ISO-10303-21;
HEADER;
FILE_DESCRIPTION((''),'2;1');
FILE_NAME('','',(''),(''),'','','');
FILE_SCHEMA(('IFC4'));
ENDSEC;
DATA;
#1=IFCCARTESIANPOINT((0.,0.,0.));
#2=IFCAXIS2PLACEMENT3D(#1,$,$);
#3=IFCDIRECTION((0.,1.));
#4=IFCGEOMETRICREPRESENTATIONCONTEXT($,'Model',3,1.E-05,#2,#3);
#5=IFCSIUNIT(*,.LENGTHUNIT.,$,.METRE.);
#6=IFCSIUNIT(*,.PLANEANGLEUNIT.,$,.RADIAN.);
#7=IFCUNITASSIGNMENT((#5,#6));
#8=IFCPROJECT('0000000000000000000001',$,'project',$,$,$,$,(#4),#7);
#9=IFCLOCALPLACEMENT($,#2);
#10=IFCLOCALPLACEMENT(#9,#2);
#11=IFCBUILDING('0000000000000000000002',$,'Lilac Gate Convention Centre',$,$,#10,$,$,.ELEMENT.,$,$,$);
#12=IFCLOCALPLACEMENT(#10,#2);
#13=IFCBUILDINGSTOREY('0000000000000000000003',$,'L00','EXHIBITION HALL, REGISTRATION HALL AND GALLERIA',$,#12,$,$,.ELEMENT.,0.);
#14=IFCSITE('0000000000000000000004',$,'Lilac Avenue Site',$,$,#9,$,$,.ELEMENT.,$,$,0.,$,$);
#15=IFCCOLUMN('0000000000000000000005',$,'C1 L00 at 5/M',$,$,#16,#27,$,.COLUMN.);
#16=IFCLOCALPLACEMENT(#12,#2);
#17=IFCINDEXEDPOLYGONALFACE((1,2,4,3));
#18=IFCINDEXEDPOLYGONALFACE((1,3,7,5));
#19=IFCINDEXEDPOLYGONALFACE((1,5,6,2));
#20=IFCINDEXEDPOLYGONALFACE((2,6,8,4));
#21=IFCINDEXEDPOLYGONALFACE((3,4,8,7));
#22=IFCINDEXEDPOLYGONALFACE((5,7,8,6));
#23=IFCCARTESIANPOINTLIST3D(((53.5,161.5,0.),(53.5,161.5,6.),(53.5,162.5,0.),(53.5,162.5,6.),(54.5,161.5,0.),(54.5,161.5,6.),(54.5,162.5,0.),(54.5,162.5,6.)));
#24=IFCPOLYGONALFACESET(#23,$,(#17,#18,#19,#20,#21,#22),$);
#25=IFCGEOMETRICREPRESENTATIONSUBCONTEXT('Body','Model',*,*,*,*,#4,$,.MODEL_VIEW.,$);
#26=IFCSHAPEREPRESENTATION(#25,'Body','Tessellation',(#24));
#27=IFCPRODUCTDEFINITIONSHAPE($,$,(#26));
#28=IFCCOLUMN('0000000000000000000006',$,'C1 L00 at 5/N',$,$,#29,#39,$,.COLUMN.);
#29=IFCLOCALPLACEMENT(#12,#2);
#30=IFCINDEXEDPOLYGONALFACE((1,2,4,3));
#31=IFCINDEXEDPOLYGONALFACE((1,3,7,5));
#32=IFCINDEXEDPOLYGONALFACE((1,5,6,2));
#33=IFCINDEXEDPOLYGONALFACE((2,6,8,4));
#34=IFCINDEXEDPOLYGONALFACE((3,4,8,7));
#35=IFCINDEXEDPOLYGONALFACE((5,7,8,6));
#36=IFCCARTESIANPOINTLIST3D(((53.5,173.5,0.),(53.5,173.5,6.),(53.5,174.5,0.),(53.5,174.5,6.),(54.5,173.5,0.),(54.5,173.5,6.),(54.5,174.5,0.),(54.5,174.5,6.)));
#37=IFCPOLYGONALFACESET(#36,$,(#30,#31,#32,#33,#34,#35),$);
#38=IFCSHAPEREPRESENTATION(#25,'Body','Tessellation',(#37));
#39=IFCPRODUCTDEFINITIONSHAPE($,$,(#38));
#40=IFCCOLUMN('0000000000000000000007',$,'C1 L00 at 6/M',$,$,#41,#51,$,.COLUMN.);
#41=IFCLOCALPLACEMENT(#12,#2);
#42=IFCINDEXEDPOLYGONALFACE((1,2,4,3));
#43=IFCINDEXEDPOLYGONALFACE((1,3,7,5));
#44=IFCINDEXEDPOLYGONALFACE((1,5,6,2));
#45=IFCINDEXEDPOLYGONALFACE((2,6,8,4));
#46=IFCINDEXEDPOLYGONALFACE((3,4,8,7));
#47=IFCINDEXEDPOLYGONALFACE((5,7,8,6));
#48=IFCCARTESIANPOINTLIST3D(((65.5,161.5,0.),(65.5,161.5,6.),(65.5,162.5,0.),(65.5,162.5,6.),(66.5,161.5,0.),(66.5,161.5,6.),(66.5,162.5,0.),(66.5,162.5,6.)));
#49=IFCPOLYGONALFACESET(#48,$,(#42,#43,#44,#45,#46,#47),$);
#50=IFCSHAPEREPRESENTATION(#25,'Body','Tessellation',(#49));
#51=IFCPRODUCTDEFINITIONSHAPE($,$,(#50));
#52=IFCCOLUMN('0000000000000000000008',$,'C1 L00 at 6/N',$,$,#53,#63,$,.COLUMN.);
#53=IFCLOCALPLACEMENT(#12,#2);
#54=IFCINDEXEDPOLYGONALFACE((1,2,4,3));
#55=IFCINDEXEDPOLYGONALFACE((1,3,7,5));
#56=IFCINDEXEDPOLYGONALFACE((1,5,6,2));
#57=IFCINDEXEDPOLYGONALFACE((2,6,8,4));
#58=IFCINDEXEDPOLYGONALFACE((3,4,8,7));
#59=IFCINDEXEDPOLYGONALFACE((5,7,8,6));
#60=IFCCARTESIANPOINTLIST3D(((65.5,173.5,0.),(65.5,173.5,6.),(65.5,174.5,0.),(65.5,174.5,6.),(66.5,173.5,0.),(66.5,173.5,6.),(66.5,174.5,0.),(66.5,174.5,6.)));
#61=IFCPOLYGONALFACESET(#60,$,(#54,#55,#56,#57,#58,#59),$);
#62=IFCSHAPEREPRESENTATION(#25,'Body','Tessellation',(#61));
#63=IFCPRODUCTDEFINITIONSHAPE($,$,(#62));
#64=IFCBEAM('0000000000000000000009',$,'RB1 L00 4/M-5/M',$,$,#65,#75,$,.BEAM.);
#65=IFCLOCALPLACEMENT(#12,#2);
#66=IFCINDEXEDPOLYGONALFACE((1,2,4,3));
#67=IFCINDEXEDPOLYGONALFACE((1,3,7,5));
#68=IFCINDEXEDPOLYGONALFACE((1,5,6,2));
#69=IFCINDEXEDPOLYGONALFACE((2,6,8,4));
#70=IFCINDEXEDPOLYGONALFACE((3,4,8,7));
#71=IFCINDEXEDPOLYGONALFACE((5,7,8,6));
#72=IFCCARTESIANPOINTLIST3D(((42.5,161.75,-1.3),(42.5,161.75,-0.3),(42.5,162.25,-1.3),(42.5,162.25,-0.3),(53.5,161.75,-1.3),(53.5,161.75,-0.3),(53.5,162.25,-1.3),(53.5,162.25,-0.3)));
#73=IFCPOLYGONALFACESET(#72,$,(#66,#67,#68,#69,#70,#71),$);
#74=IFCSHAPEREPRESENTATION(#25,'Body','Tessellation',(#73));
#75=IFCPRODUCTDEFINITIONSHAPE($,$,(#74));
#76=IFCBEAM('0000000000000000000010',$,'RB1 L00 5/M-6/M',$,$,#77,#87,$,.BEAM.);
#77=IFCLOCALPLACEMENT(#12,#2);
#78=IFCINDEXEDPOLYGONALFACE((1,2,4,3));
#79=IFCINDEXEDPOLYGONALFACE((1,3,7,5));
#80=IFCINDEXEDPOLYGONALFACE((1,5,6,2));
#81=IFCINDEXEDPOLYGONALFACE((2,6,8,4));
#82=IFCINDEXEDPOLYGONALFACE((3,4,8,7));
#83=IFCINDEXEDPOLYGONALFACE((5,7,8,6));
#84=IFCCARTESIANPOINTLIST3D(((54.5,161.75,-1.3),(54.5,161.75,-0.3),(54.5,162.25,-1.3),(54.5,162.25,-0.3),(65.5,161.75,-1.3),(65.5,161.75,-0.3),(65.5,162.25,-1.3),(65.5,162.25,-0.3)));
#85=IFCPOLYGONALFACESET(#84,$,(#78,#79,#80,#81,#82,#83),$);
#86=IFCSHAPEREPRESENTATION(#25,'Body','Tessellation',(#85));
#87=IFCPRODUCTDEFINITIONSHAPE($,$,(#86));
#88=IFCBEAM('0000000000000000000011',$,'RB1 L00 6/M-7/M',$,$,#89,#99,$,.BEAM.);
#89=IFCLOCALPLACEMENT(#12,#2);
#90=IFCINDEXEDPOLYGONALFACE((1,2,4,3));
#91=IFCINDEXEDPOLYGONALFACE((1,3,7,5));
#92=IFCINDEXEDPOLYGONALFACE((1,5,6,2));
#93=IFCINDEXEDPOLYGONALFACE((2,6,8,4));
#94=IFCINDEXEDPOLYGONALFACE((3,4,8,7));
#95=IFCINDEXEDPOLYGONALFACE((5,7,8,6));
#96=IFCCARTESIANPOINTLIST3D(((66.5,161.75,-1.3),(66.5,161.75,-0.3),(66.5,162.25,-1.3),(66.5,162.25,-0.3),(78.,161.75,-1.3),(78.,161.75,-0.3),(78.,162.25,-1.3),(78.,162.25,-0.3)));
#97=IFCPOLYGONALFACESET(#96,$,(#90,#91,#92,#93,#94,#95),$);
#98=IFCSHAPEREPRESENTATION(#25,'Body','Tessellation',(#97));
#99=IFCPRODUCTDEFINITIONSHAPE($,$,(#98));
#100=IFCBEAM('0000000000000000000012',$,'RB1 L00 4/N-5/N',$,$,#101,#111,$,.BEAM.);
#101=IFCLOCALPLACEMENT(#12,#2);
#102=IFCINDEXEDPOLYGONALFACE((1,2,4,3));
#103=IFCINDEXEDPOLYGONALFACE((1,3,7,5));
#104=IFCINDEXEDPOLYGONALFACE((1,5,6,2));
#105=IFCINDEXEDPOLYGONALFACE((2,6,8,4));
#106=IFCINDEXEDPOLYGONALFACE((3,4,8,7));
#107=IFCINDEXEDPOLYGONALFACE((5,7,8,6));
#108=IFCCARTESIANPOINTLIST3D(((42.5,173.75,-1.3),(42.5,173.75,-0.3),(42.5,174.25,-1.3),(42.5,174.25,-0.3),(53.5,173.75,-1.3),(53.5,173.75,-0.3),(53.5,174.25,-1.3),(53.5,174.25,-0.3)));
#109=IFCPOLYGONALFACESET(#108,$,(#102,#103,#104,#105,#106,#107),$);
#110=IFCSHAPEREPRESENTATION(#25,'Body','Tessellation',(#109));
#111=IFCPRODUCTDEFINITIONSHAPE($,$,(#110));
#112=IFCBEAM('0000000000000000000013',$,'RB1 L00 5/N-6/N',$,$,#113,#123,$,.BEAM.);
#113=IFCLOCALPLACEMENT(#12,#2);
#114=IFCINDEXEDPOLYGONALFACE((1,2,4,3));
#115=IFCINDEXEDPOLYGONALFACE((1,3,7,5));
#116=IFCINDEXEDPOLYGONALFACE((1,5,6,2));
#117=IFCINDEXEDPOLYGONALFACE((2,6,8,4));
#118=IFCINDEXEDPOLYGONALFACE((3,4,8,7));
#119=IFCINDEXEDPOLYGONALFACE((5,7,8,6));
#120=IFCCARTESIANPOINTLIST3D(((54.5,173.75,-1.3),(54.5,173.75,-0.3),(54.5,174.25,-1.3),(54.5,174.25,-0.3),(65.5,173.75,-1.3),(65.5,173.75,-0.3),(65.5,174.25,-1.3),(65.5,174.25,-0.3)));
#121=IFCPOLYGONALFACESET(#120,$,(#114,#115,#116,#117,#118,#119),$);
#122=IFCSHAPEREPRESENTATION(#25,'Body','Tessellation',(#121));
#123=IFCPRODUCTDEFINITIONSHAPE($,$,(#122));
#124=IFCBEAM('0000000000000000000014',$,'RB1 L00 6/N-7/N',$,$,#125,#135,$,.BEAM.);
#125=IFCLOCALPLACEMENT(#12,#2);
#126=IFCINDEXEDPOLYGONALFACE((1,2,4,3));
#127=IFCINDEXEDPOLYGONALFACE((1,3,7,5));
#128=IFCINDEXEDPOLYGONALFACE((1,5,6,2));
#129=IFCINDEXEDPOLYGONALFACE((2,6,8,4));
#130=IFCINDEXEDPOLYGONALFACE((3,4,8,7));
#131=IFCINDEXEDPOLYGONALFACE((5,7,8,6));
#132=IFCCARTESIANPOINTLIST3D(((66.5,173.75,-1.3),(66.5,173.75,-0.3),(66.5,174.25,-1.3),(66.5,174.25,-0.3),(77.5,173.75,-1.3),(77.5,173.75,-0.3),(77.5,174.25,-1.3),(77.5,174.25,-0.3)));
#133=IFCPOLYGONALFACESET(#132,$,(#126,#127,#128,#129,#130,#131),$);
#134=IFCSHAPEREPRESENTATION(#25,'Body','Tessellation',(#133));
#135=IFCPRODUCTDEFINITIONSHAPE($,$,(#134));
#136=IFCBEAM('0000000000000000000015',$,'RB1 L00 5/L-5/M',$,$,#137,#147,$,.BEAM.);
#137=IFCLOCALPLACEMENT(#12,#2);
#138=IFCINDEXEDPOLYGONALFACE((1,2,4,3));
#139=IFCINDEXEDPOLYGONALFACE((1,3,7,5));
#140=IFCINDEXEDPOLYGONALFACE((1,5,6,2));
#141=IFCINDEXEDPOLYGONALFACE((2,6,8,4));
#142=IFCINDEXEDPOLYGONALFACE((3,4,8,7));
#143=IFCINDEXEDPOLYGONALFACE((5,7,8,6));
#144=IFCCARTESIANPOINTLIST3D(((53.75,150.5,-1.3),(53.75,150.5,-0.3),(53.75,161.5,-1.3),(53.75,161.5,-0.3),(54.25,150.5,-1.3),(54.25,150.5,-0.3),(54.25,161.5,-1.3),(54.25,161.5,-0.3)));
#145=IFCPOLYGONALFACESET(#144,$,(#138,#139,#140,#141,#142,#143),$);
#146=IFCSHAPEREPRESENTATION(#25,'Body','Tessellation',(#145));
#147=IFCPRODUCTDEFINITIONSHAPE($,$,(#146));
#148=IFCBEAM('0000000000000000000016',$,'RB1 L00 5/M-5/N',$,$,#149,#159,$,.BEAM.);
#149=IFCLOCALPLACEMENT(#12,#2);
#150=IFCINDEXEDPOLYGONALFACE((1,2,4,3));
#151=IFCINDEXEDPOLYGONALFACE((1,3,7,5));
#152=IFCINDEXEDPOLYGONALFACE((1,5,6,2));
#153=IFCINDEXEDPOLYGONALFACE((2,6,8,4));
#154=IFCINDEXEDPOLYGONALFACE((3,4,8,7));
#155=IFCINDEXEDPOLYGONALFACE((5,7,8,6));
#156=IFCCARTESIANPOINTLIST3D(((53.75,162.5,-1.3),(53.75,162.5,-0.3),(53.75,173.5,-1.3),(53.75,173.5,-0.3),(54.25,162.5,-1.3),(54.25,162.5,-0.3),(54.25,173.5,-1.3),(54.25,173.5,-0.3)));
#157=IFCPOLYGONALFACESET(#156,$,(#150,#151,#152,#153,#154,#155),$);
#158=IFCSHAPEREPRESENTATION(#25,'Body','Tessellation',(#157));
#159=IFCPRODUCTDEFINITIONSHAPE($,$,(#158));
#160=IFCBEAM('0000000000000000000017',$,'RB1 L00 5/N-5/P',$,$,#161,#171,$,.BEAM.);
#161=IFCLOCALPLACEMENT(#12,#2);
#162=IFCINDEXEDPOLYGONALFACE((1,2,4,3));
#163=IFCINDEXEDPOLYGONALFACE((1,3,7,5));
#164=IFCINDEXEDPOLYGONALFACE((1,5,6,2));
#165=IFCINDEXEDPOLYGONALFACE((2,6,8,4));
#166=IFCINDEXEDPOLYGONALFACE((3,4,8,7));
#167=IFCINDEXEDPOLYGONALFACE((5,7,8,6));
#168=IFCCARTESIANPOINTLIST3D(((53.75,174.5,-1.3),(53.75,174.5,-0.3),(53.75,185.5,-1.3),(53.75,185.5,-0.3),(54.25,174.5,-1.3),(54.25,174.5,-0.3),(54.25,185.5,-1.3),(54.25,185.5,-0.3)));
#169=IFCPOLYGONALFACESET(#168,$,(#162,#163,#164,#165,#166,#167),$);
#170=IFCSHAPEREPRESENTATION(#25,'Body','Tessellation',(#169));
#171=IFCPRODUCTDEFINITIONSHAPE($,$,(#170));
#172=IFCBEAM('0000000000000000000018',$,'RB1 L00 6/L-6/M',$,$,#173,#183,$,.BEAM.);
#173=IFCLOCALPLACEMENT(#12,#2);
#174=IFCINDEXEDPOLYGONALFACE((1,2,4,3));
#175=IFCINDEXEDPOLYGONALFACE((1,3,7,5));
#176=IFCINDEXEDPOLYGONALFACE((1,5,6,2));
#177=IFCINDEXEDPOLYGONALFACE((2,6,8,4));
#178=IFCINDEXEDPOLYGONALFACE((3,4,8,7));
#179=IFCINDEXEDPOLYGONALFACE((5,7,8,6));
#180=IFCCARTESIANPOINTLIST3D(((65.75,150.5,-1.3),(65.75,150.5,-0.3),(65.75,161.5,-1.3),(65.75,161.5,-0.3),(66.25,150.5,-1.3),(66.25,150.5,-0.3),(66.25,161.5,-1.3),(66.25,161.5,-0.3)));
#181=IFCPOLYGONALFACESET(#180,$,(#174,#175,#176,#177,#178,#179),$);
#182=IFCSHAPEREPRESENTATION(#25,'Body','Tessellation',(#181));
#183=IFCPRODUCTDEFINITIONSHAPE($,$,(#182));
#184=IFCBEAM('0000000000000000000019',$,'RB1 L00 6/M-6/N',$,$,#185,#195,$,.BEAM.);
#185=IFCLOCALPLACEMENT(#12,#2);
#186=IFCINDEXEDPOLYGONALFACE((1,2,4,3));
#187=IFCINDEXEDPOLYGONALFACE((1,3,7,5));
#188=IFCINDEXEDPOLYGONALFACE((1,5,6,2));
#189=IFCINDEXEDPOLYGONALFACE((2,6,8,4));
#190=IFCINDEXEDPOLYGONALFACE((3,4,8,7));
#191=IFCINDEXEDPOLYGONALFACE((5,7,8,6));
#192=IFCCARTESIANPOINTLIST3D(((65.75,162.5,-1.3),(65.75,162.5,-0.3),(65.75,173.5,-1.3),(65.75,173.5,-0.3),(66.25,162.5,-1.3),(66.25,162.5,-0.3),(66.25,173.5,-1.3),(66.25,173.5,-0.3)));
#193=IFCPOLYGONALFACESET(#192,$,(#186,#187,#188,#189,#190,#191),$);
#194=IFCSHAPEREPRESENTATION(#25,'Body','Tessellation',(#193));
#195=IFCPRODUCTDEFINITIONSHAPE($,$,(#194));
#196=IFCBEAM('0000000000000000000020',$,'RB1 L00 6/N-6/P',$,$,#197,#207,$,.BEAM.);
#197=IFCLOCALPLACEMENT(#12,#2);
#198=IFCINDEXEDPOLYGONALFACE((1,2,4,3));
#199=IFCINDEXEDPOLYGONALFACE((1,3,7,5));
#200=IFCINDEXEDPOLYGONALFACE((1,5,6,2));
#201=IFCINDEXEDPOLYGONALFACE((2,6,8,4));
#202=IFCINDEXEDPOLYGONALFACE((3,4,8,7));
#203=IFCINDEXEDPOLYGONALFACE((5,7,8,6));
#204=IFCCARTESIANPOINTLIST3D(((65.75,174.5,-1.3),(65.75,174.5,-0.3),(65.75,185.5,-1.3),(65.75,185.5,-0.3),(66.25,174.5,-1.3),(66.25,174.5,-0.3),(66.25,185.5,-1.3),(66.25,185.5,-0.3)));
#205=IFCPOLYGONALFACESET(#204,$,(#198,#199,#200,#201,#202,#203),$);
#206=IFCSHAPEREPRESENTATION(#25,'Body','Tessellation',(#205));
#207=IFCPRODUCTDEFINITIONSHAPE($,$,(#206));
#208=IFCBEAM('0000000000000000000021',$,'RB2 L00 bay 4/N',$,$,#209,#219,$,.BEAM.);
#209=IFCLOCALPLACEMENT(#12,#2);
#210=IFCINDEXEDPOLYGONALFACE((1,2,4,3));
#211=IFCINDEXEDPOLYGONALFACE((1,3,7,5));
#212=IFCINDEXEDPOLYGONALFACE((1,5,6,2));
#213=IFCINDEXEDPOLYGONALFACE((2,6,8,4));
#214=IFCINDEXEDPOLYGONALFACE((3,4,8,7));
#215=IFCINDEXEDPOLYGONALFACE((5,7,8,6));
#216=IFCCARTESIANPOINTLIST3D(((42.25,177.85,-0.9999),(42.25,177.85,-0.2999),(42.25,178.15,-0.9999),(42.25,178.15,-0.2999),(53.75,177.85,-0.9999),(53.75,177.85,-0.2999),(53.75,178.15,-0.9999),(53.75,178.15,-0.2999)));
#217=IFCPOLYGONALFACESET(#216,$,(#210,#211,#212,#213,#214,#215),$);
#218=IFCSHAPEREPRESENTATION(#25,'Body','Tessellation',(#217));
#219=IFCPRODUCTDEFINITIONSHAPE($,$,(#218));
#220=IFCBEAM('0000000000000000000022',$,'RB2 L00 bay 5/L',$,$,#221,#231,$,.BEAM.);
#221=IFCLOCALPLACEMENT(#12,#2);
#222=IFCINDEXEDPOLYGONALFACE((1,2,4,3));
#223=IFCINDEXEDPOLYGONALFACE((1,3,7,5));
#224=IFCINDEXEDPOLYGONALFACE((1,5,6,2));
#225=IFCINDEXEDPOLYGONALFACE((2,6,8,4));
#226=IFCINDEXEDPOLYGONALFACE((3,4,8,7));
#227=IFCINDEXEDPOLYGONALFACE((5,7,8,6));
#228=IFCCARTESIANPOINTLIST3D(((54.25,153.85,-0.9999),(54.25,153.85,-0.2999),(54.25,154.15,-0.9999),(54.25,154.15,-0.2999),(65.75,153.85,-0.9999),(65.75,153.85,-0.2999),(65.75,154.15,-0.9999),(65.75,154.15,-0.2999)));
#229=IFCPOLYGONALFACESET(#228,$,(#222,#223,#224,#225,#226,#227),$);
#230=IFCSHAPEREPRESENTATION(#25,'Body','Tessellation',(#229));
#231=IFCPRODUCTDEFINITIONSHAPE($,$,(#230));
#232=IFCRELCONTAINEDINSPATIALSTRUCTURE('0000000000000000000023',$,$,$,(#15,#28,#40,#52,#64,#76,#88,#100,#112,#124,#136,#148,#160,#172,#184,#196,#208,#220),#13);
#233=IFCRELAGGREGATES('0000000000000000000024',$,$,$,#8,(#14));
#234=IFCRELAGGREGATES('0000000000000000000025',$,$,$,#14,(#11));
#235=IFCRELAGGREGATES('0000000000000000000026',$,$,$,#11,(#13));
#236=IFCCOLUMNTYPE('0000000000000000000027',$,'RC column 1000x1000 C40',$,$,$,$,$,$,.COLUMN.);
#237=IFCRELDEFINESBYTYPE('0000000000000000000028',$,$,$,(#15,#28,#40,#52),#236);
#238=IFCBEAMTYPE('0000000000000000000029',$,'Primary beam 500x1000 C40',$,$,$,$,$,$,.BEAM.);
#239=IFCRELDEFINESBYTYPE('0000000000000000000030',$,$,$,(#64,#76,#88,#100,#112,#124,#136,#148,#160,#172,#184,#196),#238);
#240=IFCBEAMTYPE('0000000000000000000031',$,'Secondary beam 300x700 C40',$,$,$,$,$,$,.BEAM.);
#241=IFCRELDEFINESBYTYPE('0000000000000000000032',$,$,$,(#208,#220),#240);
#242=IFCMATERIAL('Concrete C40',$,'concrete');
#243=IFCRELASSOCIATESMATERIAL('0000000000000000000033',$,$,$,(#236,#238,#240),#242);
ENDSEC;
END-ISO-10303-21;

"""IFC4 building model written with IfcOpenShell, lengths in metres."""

from ifc_helpers import new_model, si_unit, direction, frame, origin, origin_2d, place, context, subcontext, project, spatial, rectangle, extrude, material, material_profile, profile_set, type_object, element, save


model = new_model("IFC4")

# Units and contexts
model_context = context("Model", 3, precision=1e-05, world=origin(), true_north=direction((0.0, 1.0)))
body_context = subcontext(model_context, "Body", "Model", "MODEL_VIEW")
ifc_project = project(units=[si_unit("LENGTHUNIT", "METRE"), si_unit("PLANEANGLEUNIT", "RADIAN")], contexts=[model_context])

# Site, building, storey
site_placement = place(None, origin())
site = spatial("IfcSite", under=ifc_project, at=site_placement, Name="Lilac Avenue Site", CompositionType="ELEMENT", RefElevation=0.0)
building_placement = place(site_placement, origin())
building = spatial("IfcBuilding", under=site, at=building_placement, Name="Lilac Gate Convention Centre", CompositionType="ELEMENT")
storey_placement = place(building_placement, origin())
storey = spatial("IfcBuildingStorey", under=building, at=storey_placement, Name="L00", Description="EXHIBITION HALL, REGISTRATION HALL AND GALLERIA", CompositionType="ELEMENT", Elevation=0.0)

# Columns
ifc_material = material(Name="Concrete C40", Category="concrete")
ifc_material_profile_1 = material_profile(ifc_material, rectangle(XDim=1.0, YDim=1.0, at=origin_2d()), Name="RC 1000x1000")
ifc_profile_set_1 = profile_set([ifc_material_profile_1], Name="Concrete C40")
column_type = type_object("IfcColumnType", Name="RC column 1000x1000 C40", PredefinedType="COLUMN", material=ifc_profile_set_1)
for number, where, z_axis, x_axis, name in (
    (1, (54.0, 162.0, 0.0), (0.0, 0.0, 1.0), (1.0, 0.0, 0.0), "C1 L00 at 5/M"),
    (2, (54.0, 174.0, 0.0), (0.0, 0.0, 1.0), (1.0, 0.0, 0.0), "C1 L00 at 5/N"),
    (3, (66.0, 162.0, 0.0), (0.0, 0.0, 1.0), (1.0, 0.0, 0.0), "C1 L00 at 6/M"),
    (4, (66.0, 174.0, 0.0), (0.0, 0.0, 1.0), (1.0, 0.0, 0.0), "C1 L00 at 6/N"),
):
    element("IfcColumn", number, at=place(storey_placement, frame(where, z_axis=z_axis, x_axis=x_axis)), inside=storey, type_object=column_type, Name=name, PredefinedType="COLUMN", context=body_context, shape_type="SweptSolid", body=[
        extrude(rectangle(XDim=1.0, YDim=1.0, at=origin_2d()), origin(), (0.0, 0.0, 1.0), 6.0),
    ])

# Beams
ifc_material_profile_2 = material_profile(ifc_material, rectangle(XDim=0.5, YDim=1.0, at=origin_2d()), Name="RC 500x1000")
ifc_profile_set_2 = profile_set([ifc_material_profile_2], Name="Concrete C40")
beam_type_1 = type_object("IfcBeamType", Name="Primary beam 500x1000 C40", PredefinedType="BEAM", material=ifc_profile_set_2)
for number, where, z_axis, x_axis, name in (
    (5, (42.5, 162.0, -0.8), (1.0, 0.0, 0.0), (0.0, 1.0, 0.0), "RB1 L00 4/M-5/M"),
    (6, (54.5, 162.0, -0.8), (1.0, 0.0, 0.0), (0.0, 1.0, 0.0), "RB1 L00 5/M-6/M"),
):
    element("IfcBeam", number, at=place(storey_placement, frame(where, z_axis=z_axis, x_axis=x_axis)), inside=storey, type_object=beam_type_1, Name=name, PredefinedType="BEAM", context=body_context, shape_type="SweptSolid", body=[
        extrude(rectangle(XDim=0.5, YDim=1.0, at=origin_2d()), origin(), (0.0, 0.0, 1.0), 11.0),
    ])
beam_placement = place(storey_placement, frame((66.5, 162.0, -0.8), z_axis=(1.0, 0.0, 0.0), x_axis=(0.0, 1.0, 0.0)))
element("IfcBeam", 7, at=beam_placement, inside=storey, type_object=beam_type_1, Name="RB1 L00 6/M-7/M", PredefinedType="BEAM", context=body_context, shape_type="SweptSolid", body=[
    extrude(rectangle(XDim=0.5, YDim=1.0, at=origin_2d()), origin(), (0.0, 0.0, 1.0), 11.5),
])
for number, where, z_axis, x_axis, name in (
    (8, (42.5, 174.0, -0.8), (1.0, 0.0, 0.0), (0.0, 1.0, 0.0), "RB1 L00 4/N-5/N"),
    (9, (54.5, 174.0, -0.8), (1.0, 0.0, 0.0), (0.0, 1.0, 0.0), "RB1 L00 5/N-6/N"),
    (10, (66.5, 174.0, -0.8), (1.0, 0.0, 0.0), (0.0, 1.0, 0.0), "RB1 L00 6/N-7/N"),
    (11, (54.0, 150.5, -0.8), (0.0, 1.0, 0.0), (-1.0, 0.0, 0.0), "RB1 L00 5/L-5/M"),
    (12, (54.0, 162.5, -0.8), (0.0, 1.0, 0.0), (-1.0, 0.0, 0.0), "RB1 L00 5/M-5/N"),
    (13, (54.0, 174.5, -0.8), (0.0, 1.0, 0.0), (-1.0, 0.0, 0.0), "RB1 L00 5/N-5/P"),
    (14, (66.0, 150.5, -0.8), (0.0, 1.0, 0.0), (-1.0, 0.0, 0.0), "RB1 L00 6/L-6/M"),
    (15, (66.0, 162.5, -0.8), (0.0, 1.0, 0.0), (-1.0, 0.0, 0.0), "RB1 L00 6/M-6/N"),
    (16, (66.0, 174.5, -0.8), (0.0, 1.0, 0.0), (-1.0, 0.0, 0.0), "RB1 L00 6/N-6/P"),
):
    element("IfcBeam", number, at=place(storey_placement, frame(where, z_axis=z_axis, x_axis=x_axis)), inside=storey, type_object=beam_type_1, Name=name, PredefinedType="BEAM", context=body_context, shape_type="SweptSolid", body=[
        extrude(rectangle(XDim=0.5, YDim=1.0, at=origin_2d()), origin(), (0.0, 0.0, 1.0), 11.0),
    ])
ifc_material_profile_3 = material_profile(ifc_material, rectangle(XDim=0.3, YDim=0.7, at=origin_2d()), Name="RC 300x700")
ifc_profile_set_3 = profile_set([ifc_material_profile_3], Name="Concrete C40")
beam_type_2 = type_object("IfcBeamType", Name="Secondary beam 300x700 C40", PredefinedType="BEAM", material=ifc_profile_set_3)
for number, where, z_axis, x_axis, name in (
    (17, (42.25, 178.0, -0.6499), (1.0, 0.0, 0.0), (0.0, 1.0, 0.0), "RB2 L00 bay 4/N"),
    (18, (54.25, 154.0, -0.6499), (1.0, 0.0, 0.0), (0.0, 1.0, 0.0), "RB2 L00 bay 5/L"),
):
    element("IfcBeam", number, at=place(storey_placement, frame(where, z_axis=z_axis, x_axis=x_axis)), inside=storey, type_object=beam_type_2, Name=name, PredefinedType="BEAM", context=body_context, shape_type="SweptSolid", body=[
        extrude(rectangle(XDim=0.3, YDim=0.7, at=origin_2d()), origin(), (0.0, 0.0, 1.0), 11.5),
    ])

save(model, "model.ifc")
